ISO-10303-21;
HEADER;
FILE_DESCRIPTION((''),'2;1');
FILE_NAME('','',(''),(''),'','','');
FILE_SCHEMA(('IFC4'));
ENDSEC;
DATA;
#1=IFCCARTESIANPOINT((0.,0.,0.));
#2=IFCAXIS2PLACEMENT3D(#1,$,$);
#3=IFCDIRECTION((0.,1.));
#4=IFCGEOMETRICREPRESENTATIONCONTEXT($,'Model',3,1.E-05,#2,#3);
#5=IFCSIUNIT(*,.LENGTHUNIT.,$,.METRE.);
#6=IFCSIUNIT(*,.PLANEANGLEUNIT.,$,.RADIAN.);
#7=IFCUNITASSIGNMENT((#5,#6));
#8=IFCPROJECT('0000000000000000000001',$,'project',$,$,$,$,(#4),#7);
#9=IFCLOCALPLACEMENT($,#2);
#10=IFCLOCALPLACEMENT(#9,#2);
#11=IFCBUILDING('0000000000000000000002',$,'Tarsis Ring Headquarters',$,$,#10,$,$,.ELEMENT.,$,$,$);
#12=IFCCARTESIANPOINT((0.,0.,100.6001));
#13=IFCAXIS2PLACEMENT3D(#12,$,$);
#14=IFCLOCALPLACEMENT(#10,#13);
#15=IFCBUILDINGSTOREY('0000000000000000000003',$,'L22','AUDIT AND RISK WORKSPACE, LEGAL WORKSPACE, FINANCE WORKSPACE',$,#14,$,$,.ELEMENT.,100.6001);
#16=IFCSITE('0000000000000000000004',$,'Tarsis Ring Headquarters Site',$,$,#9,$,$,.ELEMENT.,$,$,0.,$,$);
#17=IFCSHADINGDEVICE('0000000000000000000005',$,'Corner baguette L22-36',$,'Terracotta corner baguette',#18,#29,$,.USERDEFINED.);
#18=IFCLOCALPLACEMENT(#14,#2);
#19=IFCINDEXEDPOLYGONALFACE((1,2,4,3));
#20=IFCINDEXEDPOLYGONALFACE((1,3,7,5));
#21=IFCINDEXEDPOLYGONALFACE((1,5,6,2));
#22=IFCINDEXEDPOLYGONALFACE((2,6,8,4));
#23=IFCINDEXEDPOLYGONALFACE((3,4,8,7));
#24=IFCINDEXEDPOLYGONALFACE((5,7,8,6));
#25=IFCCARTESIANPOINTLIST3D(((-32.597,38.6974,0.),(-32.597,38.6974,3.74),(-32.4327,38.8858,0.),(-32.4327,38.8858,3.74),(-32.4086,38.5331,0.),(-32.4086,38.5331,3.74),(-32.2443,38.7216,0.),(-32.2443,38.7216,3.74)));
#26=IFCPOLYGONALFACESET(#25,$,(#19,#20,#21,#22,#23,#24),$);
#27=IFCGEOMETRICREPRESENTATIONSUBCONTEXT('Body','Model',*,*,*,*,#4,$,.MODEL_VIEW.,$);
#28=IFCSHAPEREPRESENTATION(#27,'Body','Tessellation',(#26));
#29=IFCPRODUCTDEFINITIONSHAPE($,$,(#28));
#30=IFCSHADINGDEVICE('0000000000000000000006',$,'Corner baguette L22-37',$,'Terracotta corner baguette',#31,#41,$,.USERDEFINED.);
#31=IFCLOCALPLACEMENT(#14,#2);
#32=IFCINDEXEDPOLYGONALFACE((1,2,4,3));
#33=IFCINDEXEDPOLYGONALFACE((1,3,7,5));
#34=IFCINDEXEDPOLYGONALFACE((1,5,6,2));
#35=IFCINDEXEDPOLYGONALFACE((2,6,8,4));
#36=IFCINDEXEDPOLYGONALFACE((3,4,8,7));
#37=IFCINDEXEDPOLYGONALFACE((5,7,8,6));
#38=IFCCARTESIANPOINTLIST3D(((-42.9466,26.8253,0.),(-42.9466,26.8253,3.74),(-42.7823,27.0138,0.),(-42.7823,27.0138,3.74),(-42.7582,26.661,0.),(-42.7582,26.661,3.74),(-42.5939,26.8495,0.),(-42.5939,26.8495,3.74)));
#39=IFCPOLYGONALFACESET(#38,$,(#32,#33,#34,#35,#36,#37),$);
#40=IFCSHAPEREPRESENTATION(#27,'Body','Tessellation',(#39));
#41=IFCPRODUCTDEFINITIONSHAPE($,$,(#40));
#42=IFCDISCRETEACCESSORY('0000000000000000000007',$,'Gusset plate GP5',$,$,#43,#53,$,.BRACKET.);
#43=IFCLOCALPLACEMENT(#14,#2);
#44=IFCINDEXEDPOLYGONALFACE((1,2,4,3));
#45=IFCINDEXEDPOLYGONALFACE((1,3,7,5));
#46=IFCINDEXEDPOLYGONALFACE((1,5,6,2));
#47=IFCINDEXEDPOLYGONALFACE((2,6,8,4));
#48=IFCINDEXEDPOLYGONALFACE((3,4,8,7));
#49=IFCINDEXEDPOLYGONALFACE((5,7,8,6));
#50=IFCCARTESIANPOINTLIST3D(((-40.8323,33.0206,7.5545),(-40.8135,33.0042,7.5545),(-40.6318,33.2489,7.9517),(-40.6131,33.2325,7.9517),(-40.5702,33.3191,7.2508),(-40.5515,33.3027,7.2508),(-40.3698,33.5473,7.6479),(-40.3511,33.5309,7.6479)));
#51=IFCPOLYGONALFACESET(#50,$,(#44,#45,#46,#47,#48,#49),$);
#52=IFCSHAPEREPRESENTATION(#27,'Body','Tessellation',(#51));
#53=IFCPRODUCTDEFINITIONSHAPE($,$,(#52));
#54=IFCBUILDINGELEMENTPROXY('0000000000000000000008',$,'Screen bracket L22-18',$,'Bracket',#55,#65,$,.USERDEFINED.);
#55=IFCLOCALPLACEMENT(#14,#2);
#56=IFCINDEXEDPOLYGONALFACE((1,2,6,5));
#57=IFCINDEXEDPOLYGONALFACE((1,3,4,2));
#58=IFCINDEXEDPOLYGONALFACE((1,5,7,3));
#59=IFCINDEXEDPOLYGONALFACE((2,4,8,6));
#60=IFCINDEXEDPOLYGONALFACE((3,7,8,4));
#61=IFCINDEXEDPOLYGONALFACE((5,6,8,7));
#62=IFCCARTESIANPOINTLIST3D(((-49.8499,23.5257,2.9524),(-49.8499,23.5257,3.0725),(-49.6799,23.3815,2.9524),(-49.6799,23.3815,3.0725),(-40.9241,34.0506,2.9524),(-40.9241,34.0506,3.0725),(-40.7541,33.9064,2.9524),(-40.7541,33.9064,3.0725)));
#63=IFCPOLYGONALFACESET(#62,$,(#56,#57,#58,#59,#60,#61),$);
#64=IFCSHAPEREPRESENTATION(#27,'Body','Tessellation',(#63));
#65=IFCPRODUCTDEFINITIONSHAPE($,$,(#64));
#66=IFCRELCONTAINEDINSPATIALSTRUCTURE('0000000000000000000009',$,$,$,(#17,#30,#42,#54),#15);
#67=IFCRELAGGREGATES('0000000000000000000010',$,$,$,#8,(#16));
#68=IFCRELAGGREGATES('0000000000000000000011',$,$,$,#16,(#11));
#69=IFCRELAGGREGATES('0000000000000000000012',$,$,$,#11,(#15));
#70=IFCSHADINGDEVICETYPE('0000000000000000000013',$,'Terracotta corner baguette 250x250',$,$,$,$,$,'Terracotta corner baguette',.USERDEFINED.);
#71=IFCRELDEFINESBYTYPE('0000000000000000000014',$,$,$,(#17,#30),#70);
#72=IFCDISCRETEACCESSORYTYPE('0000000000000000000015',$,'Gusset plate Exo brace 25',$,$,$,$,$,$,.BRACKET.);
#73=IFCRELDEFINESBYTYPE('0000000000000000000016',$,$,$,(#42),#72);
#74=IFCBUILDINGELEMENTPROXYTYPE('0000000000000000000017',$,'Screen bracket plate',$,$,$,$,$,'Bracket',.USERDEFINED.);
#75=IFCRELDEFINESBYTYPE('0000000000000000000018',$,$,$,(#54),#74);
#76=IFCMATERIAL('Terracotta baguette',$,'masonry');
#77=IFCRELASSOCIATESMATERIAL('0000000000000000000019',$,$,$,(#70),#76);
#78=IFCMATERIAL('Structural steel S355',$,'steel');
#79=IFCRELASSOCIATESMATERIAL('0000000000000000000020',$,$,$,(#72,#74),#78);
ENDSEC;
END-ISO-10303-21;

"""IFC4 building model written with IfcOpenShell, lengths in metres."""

from ifc_helpers import new_model, si_unit, direction, frame, origin, origin_2d, place, context, subcontext, project, spatial, rectangle, extrude, material, material_profile, profile_set, type_object, element, save


model = new_model("IFC4")

# Units and contexts
model_context = context("Model", 3, precision=1e-05, world=origin(), true_north=direction((0.0, 1.0)))
body_context = subcontext(model_context, "Body", "Model", "MODEL_VIEW")
ifc_project = project(units=[si_unit("LENGTHUNIT", "METRE"), si_unit("PLANEANGLEUNIT", "RADIAN")], contexts=[model_context])

# Site, building, storey
site_placement = place(None, origin())
site = spatial("IfcSite", under=ifc_project, at=site_placement, Name="Tarsis Ring Headquarters Site", CompositionType="ELEMENT", RefElevation=0.0)
building_placement = place(site_placement, origin())
building = spatial("IfcBuilding", under=site, at=building_placement, Name="Tarsis Ring Headquarters", CompositionType="ELEMENT")
storey_placement = place(building_placement, frame((0.0, 0.0, 100.6001)))
storey = spatial("IfcBuildingStorey", under=building, at=storey_placement, Name="L22", Description="AUDIT AND RISK WORKSPACE, LEGAL WORKSPACE, FINANCE WORKSPACE", CompositionType="ELEMENT", Elevation=100.6001)

# Shared definitions
ifc_material_1 = material(Name="Structural steel S355", Category="steel")

# Shading devices
ifc_material_2 = material(Name="Terracotta baguette", Category="masonry")
shading_device_type_1 = type_object("IfcShadingDeviceType", Name="Terracotta corner baguette 250x250", ElementType="Terracotta corner baguette", PredefinedType="USERDEFINED", material=ifc_material_2)
for number, where, z_axis, x_axis, name in (
    (1, (-32.4207, 38.7095, 0.0), (0.0, 0.0, 1.0), (-0.753793, 0.657112, 0.0), "Corner baguette L22-36"),
    (2, (-42.7703, 26.8374, 0.0), (0.0, 0.0, 1.0), (-0.657112, -0.753793, 0.0), "Corner baguette L22-37"),
):
    element("IfcShadingDevice", number, at=place(storey_placement, frame(where, z_axis=z_axis, x_axis=x_axis)), inside=storey, type_object=shading_device_type_1, Name=name, ObjectType="Terracotta corner baguette", PredefinedType="USERDEFINED", context=body_context, shape_type="SweptSolid", body=[
        extrude(rectangle(XDim=0.25, YDim=0.25, at=origin_2d()), origin(), (0.0, 0.0, 1.0), 3.74),
    ])

# Discrete accessory
ifc_material_profile_1 = material_profile(ifc_material_1, rectangle(XDim=0.0249, YDim=0.5, at=origin_2d()), Name="PL 25x500")
ifc_profile_set_1 = profile_set([ifc_material_profile_1], Name="Structural steel S355")
discrete_accessory_type = type_object("IfcDiscreteAccessoryType", Name="Gusset plate Exo brace 25", PredefinedType="BRACKET", material=ifc_profile_set_1)
discrete_accessory_placement = place(storey_placement, frame((-40.4915, 33.3899, 7.7998), z_axis=(-0.400827, -0.456484, -0.79433), x_axis=(0.751431, -0.659812, 0.0)))
element("IfcDiscreteAccessory", 3, at=discrete_accessory_placement, inside=storey, type_object=discrete_accessory_type, Name="Gusset plate GP5", PredefinedType="BRACKET", context=body_context, shape_type="SweptSolid", body=[
    extrude(rectangle(XDim=0.0249, YDim=0.5, at=origin_2d()), origin(), (0.0, 0.0, 1.0), 0.5),
])

# Building element proxy
building_element_proxy_type = type_object("IfcBuildingElementProxyType", Name="Screen bracket plate", ElementType="Bracket", PredefinedType="USERDEFINED", material=ifc_material_1)
proxy_placement = place(storey_placement, frame((-45.302, 28.7161, 2.9524), z_axis=(0.0, 0.0, 1.0), x_axis=(-0.64679, -0.762668, 0.0)))
element("IfcBuildingElementProxy", 4, at=proxy_placement, inside=storey, type_object=building_element_proxy_type, Name="Screen bracket L22-18", ObjectType="Bracket", PredefinedType="USERDEFINED", context=body_context, shape_type="SweptSolid", body=[
    extrude(rectangle(XDim=13.8, YDim=0.2229, at=origin_2d()), origin(), (0.0, 0.0, 1.0), 0.1201),
])

save(model, "model.ifc")
